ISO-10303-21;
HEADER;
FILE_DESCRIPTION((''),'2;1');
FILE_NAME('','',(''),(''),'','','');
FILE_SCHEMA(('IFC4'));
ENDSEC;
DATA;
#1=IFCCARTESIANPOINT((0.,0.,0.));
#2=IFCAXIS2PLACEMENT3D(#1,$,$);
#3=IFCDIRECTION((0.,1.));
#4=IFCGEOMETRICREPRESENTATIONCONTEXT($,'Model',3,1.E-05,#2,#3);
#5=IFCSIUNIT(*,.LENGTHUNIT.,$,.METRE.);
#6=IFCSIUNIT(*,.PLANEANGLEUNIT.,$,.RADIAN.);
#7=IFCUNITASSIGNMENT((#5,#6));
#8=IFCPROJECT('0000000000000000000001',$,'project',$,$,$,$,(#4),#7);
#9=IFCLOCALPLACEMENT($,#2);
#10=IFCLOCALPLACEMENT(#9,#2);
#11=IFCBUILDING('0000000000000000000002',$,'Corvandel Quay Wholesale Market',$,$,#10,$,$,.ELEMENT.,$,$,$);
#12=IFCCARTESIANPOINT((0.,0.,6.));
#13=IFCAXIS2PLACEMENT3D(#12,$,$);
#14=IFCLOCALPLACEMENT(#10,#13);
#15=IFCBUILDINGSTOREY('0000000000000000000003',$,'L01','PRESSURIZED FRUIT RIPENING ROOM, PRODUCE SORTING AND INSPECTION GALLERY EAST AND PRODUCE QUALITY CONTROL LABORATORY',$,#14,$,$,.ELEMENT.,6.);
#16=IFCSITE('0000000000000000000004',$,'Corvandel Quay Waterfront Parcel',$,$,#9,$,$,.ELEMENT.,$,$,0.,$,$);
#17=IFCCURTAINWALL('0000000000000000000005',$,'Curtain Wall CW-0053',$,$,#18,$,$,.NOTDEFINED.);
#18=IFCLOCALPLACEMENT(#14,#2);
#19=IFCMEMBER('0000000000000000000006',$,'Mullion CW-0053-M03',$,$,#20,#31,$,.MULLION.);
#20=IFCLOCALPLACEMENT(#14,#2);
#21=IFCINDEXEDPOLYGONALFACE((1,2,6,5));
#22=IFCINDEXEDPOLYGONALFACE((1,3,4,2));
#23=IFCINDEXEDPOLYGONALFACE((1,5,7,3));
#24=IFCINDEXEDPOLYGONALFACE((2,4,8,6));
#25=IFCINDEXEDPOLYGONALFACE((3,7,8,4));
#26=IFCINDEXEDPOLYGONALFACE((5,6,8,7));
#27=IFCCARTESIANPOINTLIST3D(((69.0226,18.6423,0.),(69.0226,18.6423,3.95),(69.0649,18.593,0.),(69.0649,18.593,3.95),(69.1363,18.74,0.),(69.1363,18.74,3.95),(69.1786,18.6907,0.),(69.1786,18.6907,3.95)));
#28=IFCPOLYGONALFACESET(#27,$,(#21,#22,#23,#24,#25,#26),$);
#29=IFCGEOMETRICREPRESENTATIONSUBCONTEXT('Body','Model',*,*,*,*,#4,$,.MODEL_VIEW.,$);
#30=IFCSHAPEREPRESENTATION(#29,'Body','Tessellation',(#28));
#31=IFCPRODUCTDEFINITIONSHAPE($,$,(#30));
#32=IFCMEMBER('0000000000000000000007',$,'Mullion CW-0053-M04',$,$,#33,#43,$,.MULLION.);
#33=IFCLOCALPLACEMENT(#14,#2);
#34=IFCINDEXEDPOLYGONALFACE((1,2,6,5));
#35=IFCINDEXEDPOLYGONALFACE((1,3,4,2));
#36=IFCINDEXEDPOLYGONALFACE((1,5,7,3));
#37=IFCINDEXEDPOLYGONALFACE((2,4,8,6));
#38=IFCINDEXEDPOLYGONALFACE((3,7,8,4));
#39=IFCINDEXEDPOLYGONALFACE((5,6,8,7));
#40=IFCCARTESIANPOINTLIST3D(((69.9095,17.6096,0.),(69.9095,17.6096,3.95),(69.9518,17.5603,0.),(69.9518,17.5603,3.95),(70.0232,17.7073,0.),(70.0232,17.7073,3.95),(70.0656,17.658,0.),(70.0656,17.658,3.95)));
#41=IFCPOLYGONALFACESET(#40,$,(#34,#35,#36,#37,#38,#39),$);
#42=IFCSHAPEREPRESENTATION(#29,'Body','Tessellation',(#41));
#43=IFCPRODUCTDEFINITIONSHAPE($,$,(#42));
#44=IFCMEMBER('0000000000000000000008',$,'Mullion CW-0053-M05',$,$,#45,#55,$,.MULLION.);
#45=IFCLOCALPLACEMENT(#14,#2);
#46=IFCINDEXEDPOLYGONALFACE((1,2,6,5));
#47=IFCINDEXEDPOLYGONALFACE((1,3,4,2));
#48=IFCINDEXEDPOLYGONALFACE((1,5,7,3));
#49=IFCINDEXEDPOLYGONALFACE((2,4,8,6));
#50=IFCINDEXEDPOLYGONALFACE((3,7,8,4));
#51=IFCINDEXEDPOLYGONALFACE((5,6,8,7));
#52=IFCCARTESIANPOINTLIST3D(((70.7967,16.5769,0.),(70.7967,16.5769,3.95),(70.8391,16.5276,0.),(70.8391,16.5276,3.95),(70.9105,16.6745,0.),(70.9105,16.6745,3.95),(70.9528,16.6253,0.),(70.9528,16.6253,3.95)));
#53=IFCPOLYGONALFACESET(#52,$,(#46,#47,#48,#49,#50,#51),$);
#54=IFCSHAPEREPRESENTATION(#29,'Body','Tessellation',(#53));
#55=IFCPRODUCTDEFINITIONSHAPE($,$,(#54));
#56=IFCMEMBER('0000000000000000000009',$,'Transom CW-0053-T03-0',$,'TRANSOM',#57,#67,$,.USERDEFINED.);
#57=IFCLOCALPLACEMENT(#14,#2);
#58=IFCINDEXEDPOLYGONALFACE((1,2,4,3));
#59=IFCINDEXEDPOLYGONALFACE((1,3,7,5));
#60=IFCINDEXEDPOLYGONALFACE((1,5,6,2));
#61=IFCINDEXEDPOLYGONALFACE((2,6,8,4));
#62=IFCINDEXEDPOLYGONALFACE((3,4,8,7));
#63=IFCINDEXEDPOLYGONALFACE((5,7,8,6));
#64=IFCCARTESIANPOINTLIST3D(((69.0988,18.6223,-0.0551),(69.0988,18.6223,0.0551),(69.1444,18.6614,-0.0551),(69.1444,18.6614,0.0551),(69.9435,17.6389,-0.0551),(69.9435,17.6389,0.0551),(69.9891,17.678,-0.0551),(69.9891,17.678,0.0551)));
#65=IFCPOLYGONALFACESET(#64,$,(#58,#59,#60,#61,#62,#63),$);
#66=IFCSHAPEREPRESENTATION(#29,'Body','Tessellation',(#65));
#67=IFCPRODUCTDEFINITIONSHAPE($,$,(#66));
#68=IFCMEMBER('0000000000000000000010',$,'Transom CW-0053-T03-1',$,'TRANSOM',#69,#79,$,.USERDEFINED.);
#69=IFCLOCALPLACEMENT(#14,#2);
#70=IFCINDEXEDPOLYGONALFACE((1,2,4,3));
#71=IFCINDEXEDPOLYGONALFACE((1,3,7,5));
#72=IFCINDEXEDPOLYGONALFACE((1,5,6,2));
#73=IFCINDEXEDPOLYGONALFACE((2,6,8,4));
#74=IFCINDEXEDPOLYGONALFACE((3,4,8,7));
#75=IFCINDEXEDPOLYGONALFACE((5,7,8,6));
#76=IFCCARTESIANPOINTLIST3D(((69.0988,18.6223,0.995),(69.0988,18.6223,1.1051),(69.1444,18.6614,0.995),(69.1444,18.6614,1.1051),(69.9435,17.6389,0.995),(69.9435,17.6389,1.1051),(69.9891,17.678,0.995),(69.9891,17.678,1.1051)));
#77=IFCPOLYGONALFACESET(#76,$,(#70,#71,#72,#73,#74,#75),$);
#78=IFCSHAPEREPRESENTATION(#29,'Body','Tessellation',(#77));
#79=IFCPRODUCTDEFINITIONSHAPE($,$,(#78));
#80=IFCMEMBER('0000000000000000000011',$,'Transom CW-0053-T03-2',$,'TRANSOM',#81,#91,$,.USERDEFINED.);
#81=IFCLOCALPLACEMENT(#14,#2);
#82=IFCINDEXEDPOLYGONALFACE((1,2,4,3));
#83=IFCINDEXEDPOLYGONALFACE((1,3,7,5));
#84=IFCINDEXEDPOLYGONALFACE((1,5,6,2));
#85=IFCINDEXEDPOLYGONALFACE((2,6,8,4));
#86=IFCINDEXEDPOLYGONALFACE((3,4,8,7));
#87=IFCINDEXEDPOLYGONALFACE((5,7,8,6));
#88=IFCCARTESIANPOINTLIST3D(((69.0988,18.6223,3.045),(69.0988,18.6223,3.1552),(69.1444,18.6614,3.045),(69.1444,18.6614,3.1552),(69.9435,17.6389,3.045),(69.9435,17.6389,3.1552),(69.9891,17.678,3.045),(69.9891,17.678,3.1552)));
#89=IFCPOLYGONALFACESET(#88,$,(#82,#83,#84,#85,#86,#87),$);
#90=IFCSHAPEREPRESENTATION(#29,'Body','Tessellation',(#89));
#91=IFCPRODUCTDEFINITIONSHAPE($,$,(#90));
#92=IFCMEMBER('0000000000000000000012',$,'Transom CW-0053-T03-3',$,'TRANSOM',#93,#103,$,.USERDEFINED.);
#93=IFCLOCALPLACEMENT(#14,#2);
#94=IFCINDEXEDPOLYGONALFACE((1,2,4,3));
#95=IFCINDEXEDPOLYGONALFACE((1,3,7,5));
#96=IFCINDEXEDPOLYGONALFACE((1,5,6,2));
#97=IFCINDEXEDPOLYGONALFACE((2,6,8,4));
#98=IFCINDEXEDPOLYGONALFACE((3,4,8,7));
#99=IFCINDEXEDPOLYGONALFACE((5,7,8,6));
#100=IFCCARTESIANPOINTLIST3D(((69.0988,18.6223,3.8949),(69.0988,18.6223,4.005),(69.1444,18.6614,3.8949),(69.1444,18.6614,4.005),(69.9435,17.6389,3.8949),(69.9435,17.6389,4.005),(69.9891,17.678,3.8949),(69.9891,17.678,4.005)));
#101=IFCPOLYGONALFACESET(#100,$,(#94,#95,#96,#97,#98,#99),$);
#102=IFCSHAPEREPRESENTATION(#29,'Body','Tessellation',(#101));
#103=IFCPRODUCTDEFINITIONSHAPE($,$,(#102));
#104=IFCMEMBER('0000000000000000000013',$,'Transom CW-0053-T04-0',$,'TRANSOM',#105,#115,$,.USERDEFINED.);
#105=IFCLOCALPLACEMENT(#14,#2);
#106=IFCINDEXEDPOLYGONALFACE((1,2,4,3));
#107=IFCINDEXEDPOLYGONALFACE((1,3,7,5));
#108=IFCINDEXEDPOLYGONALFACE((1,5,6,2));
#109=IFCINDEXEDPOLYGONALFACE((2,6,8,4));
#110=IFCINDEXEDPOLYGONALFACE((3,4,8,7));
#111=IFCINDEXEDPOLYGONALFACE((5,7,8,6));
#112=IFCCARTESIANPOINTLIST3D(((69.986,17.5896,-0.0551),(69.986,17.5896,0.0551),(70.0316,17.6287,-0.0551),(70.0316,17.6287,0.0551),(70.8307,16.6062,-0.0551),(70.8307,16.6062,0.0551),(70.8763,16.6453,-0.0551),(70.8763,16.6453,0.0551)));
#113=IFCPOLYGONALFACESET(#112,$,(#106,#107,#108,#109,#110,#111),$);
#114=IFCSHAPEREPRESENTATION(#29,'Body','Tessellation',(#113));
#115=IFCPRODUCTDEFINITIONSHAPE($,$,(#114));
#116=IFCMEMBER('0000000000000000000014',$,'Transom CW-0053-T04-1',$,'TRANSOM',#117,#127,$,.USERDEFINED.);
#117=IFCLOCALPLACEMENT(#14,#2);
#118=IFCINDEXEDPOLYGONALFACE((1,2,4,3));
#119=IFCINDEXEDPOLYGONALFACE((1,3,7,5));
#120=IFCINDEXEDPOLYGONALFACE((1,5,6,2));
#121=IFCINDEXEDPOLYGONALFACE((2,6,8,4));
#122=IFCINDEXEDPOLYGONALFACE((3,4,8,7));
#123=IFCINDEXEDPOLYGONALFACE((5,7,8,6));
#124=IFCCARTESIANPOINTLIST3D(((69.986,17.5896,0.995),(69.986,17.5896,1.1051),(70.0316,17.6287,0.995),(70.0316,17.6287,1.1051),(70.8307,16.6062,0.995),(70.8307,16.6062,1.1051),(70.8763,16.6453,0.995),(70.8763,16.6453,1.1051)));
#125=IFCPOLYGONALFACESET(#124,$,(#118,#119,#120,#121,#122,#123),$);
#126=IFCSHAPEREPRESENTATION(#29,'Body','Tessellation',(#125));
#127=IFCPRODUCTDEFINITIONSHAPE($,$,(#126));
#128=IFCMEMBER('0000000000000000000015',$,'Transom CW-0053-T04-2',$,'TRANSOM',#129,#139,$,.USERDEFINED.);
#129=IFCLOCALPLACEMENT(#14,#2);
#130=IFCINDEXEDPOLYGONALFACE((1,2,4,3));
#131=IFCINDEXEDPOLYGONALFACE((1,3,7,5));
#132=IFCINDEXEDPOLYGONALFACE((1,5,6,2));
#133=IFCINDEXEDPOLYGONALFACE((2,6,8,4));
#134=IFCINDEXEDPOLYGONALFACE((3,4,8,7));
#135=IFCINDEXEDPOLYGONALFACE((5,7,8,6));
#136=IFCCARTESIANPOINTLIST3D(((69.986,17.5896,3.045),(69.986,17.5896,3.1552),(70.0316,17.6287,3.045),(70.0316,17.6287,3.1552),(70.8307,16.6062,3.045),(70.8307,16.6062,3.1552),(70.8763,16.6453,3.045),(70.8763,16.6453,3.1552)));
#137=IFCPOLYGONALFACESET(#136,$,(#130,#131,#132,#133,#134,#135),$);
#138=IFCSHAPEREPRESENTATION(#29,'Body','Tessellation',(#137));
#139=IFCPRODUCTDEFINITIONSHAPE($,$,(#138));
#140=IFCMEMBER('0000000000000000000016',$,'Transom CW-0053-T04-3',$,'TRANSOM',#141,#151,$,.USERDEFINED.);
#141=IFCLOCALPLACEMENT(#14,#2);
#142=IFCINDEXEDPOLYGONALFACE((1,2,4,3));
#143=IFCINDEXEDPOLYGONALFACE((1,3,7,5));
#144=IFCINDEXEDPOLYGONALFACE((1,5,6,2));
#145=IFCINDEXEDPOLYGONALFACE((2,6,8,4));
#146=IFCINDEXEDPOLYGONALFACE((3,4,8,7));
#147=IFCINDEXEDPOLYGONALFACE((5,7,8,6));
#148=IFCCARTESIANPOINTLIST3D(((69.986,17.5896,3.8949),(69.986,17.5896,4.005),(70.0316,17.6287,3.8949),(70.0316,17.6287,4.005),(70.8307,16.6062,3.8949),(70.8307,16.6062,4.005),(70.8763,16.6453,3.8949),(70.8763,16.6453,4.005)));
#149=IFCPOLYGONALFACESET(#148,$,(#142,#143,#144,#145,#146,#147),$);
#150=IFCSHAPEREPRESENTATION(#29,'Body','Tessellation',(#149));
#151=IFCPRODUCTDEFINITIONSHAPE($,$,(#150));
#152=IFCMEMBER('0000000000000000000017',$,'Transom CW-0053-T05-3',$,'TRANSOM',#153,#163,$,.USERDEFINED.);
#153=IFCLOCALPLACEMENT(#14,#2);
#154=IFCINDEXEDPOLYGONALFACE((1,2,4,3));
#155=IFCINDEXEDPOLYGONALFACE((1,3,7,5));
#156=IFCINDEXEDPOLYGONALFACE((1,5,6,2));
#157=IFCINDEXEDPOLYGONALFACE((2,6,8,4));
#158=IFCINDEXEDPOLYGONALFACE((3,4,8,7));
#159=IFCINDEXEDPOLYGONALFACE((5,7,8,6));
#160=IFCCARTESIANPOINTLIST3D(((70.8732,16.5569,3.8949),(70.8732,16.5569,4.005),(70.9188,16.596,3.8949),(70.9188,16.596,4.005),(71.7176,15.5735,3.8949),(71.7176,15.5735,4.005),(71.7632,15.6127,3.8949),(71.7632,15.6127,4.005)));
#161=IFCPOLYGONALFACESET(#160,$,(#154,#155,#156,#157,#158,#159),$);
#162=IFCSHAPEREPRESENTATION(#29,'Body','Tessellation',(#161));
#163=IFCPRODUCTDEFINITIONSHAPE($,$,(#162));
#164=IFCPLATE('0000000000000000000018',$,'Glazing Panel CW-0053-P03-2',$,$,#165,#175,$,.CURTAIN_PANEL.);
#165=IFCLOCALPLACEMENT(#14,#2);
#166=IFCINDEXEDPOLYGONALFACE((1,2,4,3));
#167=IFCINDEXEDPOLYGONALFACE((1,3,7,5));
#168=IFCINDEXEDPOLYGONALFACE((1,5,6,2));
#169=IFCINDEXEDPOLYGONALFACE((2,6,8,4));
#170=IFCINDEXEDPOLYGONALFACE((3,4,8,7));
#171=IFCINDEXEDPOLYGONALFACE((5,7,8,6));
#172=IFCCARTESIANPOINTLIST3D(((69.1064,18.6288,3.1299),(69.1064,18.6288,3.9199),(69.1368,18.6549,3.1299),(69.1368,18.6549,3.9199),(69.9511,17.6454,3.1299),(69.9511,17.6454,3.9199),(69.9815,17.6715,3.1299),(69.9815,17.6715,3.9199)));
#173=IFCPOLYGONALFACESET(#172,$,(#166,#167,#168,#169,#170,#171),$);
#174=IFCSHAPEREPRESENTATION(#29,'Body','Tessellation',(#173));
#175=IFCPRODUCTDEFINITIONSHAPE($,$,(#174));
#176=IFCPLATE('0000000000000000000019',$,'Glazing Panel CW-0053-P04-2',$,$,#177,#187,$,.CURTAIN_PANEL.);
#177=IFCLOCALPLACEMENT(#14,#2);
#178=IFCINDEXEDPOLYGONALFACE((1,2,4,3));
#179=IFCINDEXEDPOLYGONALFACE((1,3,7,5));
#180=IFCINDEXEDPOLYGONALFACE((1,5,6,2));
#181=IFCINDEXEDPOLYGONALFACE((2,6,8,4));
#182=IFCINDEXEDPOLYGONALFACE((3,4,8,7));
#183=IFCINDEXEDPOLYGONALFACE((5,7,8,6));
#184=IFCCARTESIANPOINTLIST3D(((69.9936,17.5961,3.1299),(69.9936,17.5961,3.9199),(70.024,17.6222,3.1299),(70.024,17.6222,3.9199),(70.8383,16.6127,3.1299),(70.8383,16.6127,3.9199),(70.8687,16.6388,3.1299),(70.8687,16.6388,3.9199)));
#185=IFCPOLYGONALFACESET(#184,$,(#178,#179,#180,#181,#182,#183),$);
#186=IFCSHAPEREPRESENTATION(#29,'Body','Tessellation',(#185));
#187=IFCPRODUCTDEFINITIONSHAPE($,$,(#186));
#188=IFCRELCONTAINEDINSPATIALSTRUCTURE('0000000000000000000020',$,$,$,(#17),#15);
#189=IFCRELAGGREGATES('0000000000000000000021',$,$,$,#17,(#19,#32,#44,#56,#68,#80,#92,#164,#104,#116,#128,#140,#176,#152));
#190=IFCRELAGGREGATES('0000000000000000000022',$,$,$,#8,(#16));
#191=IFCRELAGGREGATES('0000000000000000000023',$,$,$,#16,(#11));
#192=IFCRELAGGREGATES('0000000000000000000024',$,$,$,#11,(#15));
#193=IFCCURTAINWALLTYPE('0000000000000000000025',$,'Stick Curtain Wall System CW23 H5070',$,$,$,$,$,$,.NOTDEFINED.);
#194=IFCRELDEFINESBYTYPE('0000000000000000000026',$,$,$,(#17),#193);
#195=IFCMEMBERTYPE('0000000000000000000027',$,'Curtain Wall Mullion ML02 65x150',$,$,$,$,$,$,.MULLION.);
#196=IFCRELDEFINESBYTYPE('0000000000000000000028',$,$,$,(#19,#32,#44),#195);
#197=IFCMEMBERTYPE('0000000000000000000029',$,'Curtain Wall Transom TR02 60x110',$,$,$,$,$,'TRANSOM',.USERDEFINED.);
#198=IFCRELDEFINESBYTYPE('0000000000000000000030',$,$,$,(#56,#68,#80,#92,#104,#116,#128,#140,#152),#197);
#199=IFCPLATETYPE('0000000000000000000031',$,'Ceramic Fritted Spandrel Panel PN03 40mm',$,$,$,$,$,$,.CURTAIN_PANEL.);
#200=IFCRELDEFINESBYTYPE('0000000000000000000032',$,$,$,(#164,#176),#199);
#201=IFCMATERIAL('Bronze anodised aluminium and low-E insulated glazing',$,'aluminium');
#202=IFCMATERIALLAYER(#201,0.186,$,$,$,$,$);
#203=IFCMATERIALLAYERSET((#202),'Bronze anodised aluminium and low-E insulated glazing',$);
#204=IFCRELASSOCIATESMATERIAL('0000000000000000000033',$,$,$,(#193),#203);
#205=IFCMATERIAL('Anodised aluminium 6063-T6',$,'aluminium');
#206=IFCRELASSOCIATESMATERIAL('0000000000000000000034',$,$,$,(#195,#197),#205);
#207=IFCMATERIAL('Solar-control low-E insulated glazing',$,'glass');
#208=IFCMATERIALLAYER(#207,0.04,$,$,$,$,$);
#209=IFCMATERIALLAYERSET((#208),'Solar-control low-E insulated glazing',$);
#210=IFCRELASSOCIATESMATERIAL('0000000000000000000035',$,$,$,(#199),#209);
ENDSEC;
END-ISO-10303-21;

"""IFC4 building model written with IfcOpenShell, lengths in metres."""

from ifc_helpers import new_model, si_unit, direction, frame, origin, origin_2d, place, context, subcontext, project, spatial, rectangle, extrude, material, layer, layer_set, material_profile, profile_set, type_object, element, aggregate, save


model = new_model("IFC4")

# Units and contexts
model_context = context("Model", 3, precision=1e-05, world=origin(), true_north=direction((0.0, 1.0)))
body_context = subcontext(model_context, "Body", "Model", "MODEL_VIEW")
ifc_project = project(units=[si_unit("LENGTHUNIT", "METRE"), si_unit("PLANEANGLEUNIT", "RADIAN")], contexts=[model_context])

# Site, building, storey
site_placement = place(None, origin())
site = spatial("IfcSite", under=ifc_project, at=site_placement, Name="Corvandel Quay Waterfront Parcel", CompositionType="ELEMENT", RefElevation=0.0)
building_placement = place(site_placement, origin())
building = spatial("IfcBuilding", under=site, at=building_placement, Name="Corvandel Quay Wholesale Market", CompositionType="ELEMENT")
storey_placement = place(building_placement, frame((0.0, 0.0, 6.0)))
storey = spatial("IfcBuildingStorey", under=building, at=storey_placement, Name="L01", Description="PRESSURIZED FRUIT RIPENING ROOM, PRODUCE SORTING AND INSPECTION GALLERY EAST AND PRODUCE QUALITY CONTROL LABORATORY", CompositionType="ELEMENT", Elevation=6.0)

# Curtain wall, members, plates
ifc_material_1 = material(Name="Bronze anodised aluminium and low-E insulated glazing", Category="aluminium")
ifc_layer_1 = layer(ifc_material_1, 0.186)
ifc_layer_set_1 = layer_set([ifc_layer_1], Name="Bronze anodised aluminium and low-E insulated glazing")
curtain_wall_type = type_object("IfcCurtainWallType", Name="Stick Curtain Wall System CW23 H5070", PredefinedType="NOTDEFINED", material=ifc_layer_set_1)
curtain_wall_placement = place(storey_placement, origin())
curtain_wall = element("IfcCurtainWall", 1, at=curtain_wall_placement, inside=storey, type_object=curtain_wall_type, Name="Curtain Wall CW-0053", PredefinedType="NOTDEFINED")
ifc_material_2 = material(Name="Anodised aluminium 6063-T6", Category="aluminium")
ifc_material_profile_1 = material_profile(ifc_material_2, rectangle(XDim=0.0649, YDim=0.1499, at=origin_2d()), Name="ALU-MUL-65x150")
ifc_profile_set_1 = profile_set([ifc_material_profile_1], Name="Anodised aluminium 6063-T6")
member_type_1 = type_object("IfcMemberType", Name="Curtain Wall Mullion ML02 65x150", PredefinedType="MULLION", material=ifc_profile_set_1)
member_1_placement = place(storey_placement, frame((69.1006, 18.6665, 0.0), z_axis=(0.0, 0.0, 1.0), x_axis=(-0.651569, 0.758589, 0.0)))
member_1 = element("IfcMember", 2, at=member_1_placement, type_object=member_type_1, Name="Mullion CW-0053-M03", PredefinedType="MULLION", context=body_context, shape_type="SweptSolid", body=[
    extrude(rectangle(XDim=0.0649, YDim=0.1499, at=origin_2d()), origin(), (0.0, 0.0, 1.0), 3.95),
])
member_2_placement = place(storey_placement, frame((69.9875, 17.6338, 0.0), z_axis=(0.0, 0.0, 1.0), x_axis=(-0.651569, 0.758589, 0.0)))
member_2 = element("IfcMember", 3, at=member_2_placement, type_object=member_type_1, Name="Mullion CW-0053-M04", PredefinedType="MULLION", context=body_context, shape_type="SweptSolid", body=[
    extrude(rectangle(XDim=0.0649, YDim=0.1499, at=origin_2d()), origin(), (0.0, 0.0, 1.0), 3.95),
])
member_3_placement = place(storey_placement, frame((70.8748, 16.6011, 0.0), z_axis=(0.0, 0.0, 1.0), x_axis=(-0.651569, 0.758589, 0.0)))
member_3 = element("IfcMember", 4, at=member_3_placement, type_object=member_type_1, Name="Mullion CW-0053-M05", PredefinedType="MULLION", context=body_context, shape_type="SweptSolid", body=[
    extrude(rectangle(XDim=0.0649, YDim=0.1499, at=origin_2d()), origin(), (0.0, 0.0, 1.0), 3.95),
])
ifc_material_profile_2 = material_profile(ifc_material_2, rectangle(XDim=0.0601, YDim=0.1101, at=origin_2d()), Name="ALU-TRN-60x110")
ifc_profile_set_2 = profile_set([ifc_material_profile_2], Name="Anodised aluminium 6063-T6")
member_type_2 = type_object("IfcMemberType", Name="Curtain Wall Transom TR02 60x110", ElementType="TRANSOM", PredefinedType="USERDEFINED", material=ifc_profile_set_2)
member_4_placement = place(storey_placement, frame((69.1216, 18.6418, 0.0), z_axis=(0.651597, -0.758565, 0.0), x_axis=(0.758565, 0.651597, 0.0)))
member_4 = element("IfcMember", 5, at=member_4_placement, type_object=member_type_2, Name="Transom CW-0053-T03-0", ObjectType="TRANSOM", PredefinedType="USERDEFINED", context=body_context, shape_type="SweptSolid", body=[
    extrude(rectangle(XDim=0.0601, YDim=0.1101, at=origin_2d()), origin(), (0.0, 0.0, 1.0), 1.2964),
])
member_5_placement = place(storey_placement, frame((69.1216, 18.6418, 1.05), z_axis=(0.651597, -0.758565, 0.0), x_axis=(0.758565, 0.651597, 0.0)))
member_5 = element("IfcMember", 6, at=member_5_placement, type_object=member_type_2, Name="Transom CW-0053-T03-1", ObjectType="TRANSOM", PredefinedType="USERDEFINED", context=body_context, shape_type="SweptSolid", body=[
    extrude(rectangle(XDim=0.0601, YDim=0.1101, at=origin_2d()), origin(), (0.0, 0.0, 1.0), 1.2964),
])
member_6_placement = place(storey_placement, frame((69.1216, 18.6418, 3.1001), z_axis=(0.651597, -0.758565, 0.0), x_axis=(0.758565, 0.651597, 0.0)))
member_6 = element("IfcMember", 7, at=member_6_placement, type_object=member_type_2, Name="Transom CW-0053-T03-2", ObjectType="TRANSOM", PredefinedType="USERDEFINED", context=body_context, shape_type="SweptSolid", body=[
    extrude(rectangle(XDim=0.0601, YDim=0.1101, at=origin_2d()), origin(), (0.0, 0.0, 1.0), 1.2964),
])
member_7_placement = place(storey_placement, frame((69.1216, 18.6418, 3.95), z_axis=(0.651597, -0.758565, 0.0), x_axis=(0.758565, 0.651597, 0.0)))
member_7 = element("IfcMember", 8, at=member_7_placement, type_object=member_type_2, Name="Transom CW-0053-T03-3", ObjectType="TRANSOM", PredefinedType="USERDEFINED", context=body_context, shape_type="SweptSolid", body=[
    extrude(rectangle(XDim=0.0601, YDim=0.1101, at=origin_2d()), origin(), (0.0, 0.0, 1.0), 1.2964),
])
member_8_placement = place(storey_placement, frame((70.0088, 17.6091, 0.0), z_axis=(0.651597, -0.758565, 0.0), x_axis=(0.758565, 0.651597, 0.0)))
member_8 = element("IfcMember", 9, at=member_8_placement, type_object=member_type_2, Name="Transom CW-0053-T04-0", ObjectType="TRANSOM", PredefinedType="USERDEFINED", context=body_context, shape_type="SweptSolid", body=[
    extrude(rectangle(XDim=0.0601, YDim=0.1101, at=origin_2d()), origin(), (0.0, 0.0, 1.0), 1.2964),
])
member_9_placement = place(storey_placement, frame((70.0088, 17.6091, 1.05), z_axis=(0.651597, -0.758565, 0.0), x_axis=(0.758565, 0.651597, 0.0)))
member_9 = element("IfcMember", 10, at=member_9_placement, type_object=member_type_2, Name="Transom CW-0053-T04-1", ObjectType="TRANSOM", PredefinedType="USERDEFINED", context=body_context, shape_type="SweptSolid", body=[
    extrude(rectangle(XDim=0.0601, YDim=0.1101, at=origin_2d()), origin(), (0.0, 0.0, 1.0), 1.2964),
])
member_10_placement = place(storey_placement, frame((70.0088, 17.6091, 3.1001), z_axis=(0.651597, -0.758565, 0.0), x_axis=(0.758565, 0.651597, 0.0)))
member_10 = element("IfcMember", 11, at=member_10_placement, type_object=member_type_2, Name="Transom CW-0053-T04-2", ObjectType="TRANSOM", PredefinedType="USERDEFINED", context=body_context, shape_type="SweptSolid", body=[
    extrude(rectangle(XDim=0.0601, YDim=0.1101, at=origin_2d()), origin(), (0.0, 0.0, 1.0), 1.2964),
])
member_11_placement = place(storey_placement, frame((70.0088, 17.6091, 3.95), z_axis=(0.651597, -0.758565, 0.0), x_axis=(0.758565, 0.651597, 0.0)))
member_11 = element("IfcMember", 12, at=member_11_placement, type_object=member_type_2, Name="Transom CW-0053-T04-3", ObjectType="TRANSOM", PredefinedType="USERDEFINED", context=body_context, shape_type="SweptSolid", body=[
    extrude(rectangle(XDim=0.0601, YDim=0.1101, at=origin_2d()), origin(), (0.0, 0.0, 1.0), 1.2964),
])
member_12_placement = place(storey_placement, frame((70.896, 16.5764, 3.95), z_axis=(0.651489, -0.758658, 0.0), x_axis=(0.758658, 0.651489, 0.0)))
member_12 = element("IfcMember", 13, at=member_12_placement, type_object=member_type_2, Name="Transom CW-0053-T05-3", ObjectType="TRANSOM", PredefinedType="USERDEFINED", context=body_context, shape_type="SweptSolid", body=[
    extrude(rectangle(XDim=0.0601, YDim=0.1101, at=origin_2d()), origin(), (0.0, 0.0, 1.0), 1.2961),
])
ifc_material_3 = material(Name="Solar-control low-E insulated glazing", Category="glass")
ifc_layer_2 = layer(ifc_material_3, 0.04)
ifc_layer_set_2 = layer_set([ifc_layer_2], Name="Solar-control low-E insulated glazing")
plate_type_1 = type_object("IfcPlateType", Name="Ceramic Fritted Spandrel Panel PN03 40mm", PredefinedType="CURTAIN_PANEL", material=ifc_layer_set_2)
plate_1_placement = place(storey_placement, frame((69.5439, 18.1501, 3.1299), z_axis=(0.0, 0.0, 1.0), x_axis=(-0.651569, 0.758589, 0.0)))
plate_1 = element("IfcPlate", 14, at=plate_1_placement, type_object=plate_type_1, Name="Glazing Panel CW-0053-P03-2", PredefinedType="CURTAIN_PANEL", context=body_context, shape_type="SweptSolid", body=[
    extrude(rectangle(XDim=1.2964, YDim=0.04, at=origin_2d()), origin(), (0.0, 0.0, 1.0), 0.79),
])
plate_2_placement = place(storey_placement, frame((70.4312, 17.1174, 3.1299), z_axis=(0.0, 0.0, 1.0), x_axis=(-0.651569, 0.758589, 0.0)))
plate_2 = element("IfcPlate", 15, at=plate_2_placement, type_object=plate_type_1, Name="Glazing Panel CW-0053-P04-2", PredefinedType="CURTAIN_PANEL", context=body_context, shape_type="SweptSolid", body=[
    extrude(rectangle(XDim=1.2964, YDim=0.04, at=origin_2d()), origin(), (0.0, 0.0, 1.0), 0.79),
])
aggregate(curtain_wall, [member_1, member_2, member_3, member_4, member_5, member_6, member_7, plate_1, member_8, member_9, member_10, member_11, plate_2, member_12])

save(model, "model.ifc")
